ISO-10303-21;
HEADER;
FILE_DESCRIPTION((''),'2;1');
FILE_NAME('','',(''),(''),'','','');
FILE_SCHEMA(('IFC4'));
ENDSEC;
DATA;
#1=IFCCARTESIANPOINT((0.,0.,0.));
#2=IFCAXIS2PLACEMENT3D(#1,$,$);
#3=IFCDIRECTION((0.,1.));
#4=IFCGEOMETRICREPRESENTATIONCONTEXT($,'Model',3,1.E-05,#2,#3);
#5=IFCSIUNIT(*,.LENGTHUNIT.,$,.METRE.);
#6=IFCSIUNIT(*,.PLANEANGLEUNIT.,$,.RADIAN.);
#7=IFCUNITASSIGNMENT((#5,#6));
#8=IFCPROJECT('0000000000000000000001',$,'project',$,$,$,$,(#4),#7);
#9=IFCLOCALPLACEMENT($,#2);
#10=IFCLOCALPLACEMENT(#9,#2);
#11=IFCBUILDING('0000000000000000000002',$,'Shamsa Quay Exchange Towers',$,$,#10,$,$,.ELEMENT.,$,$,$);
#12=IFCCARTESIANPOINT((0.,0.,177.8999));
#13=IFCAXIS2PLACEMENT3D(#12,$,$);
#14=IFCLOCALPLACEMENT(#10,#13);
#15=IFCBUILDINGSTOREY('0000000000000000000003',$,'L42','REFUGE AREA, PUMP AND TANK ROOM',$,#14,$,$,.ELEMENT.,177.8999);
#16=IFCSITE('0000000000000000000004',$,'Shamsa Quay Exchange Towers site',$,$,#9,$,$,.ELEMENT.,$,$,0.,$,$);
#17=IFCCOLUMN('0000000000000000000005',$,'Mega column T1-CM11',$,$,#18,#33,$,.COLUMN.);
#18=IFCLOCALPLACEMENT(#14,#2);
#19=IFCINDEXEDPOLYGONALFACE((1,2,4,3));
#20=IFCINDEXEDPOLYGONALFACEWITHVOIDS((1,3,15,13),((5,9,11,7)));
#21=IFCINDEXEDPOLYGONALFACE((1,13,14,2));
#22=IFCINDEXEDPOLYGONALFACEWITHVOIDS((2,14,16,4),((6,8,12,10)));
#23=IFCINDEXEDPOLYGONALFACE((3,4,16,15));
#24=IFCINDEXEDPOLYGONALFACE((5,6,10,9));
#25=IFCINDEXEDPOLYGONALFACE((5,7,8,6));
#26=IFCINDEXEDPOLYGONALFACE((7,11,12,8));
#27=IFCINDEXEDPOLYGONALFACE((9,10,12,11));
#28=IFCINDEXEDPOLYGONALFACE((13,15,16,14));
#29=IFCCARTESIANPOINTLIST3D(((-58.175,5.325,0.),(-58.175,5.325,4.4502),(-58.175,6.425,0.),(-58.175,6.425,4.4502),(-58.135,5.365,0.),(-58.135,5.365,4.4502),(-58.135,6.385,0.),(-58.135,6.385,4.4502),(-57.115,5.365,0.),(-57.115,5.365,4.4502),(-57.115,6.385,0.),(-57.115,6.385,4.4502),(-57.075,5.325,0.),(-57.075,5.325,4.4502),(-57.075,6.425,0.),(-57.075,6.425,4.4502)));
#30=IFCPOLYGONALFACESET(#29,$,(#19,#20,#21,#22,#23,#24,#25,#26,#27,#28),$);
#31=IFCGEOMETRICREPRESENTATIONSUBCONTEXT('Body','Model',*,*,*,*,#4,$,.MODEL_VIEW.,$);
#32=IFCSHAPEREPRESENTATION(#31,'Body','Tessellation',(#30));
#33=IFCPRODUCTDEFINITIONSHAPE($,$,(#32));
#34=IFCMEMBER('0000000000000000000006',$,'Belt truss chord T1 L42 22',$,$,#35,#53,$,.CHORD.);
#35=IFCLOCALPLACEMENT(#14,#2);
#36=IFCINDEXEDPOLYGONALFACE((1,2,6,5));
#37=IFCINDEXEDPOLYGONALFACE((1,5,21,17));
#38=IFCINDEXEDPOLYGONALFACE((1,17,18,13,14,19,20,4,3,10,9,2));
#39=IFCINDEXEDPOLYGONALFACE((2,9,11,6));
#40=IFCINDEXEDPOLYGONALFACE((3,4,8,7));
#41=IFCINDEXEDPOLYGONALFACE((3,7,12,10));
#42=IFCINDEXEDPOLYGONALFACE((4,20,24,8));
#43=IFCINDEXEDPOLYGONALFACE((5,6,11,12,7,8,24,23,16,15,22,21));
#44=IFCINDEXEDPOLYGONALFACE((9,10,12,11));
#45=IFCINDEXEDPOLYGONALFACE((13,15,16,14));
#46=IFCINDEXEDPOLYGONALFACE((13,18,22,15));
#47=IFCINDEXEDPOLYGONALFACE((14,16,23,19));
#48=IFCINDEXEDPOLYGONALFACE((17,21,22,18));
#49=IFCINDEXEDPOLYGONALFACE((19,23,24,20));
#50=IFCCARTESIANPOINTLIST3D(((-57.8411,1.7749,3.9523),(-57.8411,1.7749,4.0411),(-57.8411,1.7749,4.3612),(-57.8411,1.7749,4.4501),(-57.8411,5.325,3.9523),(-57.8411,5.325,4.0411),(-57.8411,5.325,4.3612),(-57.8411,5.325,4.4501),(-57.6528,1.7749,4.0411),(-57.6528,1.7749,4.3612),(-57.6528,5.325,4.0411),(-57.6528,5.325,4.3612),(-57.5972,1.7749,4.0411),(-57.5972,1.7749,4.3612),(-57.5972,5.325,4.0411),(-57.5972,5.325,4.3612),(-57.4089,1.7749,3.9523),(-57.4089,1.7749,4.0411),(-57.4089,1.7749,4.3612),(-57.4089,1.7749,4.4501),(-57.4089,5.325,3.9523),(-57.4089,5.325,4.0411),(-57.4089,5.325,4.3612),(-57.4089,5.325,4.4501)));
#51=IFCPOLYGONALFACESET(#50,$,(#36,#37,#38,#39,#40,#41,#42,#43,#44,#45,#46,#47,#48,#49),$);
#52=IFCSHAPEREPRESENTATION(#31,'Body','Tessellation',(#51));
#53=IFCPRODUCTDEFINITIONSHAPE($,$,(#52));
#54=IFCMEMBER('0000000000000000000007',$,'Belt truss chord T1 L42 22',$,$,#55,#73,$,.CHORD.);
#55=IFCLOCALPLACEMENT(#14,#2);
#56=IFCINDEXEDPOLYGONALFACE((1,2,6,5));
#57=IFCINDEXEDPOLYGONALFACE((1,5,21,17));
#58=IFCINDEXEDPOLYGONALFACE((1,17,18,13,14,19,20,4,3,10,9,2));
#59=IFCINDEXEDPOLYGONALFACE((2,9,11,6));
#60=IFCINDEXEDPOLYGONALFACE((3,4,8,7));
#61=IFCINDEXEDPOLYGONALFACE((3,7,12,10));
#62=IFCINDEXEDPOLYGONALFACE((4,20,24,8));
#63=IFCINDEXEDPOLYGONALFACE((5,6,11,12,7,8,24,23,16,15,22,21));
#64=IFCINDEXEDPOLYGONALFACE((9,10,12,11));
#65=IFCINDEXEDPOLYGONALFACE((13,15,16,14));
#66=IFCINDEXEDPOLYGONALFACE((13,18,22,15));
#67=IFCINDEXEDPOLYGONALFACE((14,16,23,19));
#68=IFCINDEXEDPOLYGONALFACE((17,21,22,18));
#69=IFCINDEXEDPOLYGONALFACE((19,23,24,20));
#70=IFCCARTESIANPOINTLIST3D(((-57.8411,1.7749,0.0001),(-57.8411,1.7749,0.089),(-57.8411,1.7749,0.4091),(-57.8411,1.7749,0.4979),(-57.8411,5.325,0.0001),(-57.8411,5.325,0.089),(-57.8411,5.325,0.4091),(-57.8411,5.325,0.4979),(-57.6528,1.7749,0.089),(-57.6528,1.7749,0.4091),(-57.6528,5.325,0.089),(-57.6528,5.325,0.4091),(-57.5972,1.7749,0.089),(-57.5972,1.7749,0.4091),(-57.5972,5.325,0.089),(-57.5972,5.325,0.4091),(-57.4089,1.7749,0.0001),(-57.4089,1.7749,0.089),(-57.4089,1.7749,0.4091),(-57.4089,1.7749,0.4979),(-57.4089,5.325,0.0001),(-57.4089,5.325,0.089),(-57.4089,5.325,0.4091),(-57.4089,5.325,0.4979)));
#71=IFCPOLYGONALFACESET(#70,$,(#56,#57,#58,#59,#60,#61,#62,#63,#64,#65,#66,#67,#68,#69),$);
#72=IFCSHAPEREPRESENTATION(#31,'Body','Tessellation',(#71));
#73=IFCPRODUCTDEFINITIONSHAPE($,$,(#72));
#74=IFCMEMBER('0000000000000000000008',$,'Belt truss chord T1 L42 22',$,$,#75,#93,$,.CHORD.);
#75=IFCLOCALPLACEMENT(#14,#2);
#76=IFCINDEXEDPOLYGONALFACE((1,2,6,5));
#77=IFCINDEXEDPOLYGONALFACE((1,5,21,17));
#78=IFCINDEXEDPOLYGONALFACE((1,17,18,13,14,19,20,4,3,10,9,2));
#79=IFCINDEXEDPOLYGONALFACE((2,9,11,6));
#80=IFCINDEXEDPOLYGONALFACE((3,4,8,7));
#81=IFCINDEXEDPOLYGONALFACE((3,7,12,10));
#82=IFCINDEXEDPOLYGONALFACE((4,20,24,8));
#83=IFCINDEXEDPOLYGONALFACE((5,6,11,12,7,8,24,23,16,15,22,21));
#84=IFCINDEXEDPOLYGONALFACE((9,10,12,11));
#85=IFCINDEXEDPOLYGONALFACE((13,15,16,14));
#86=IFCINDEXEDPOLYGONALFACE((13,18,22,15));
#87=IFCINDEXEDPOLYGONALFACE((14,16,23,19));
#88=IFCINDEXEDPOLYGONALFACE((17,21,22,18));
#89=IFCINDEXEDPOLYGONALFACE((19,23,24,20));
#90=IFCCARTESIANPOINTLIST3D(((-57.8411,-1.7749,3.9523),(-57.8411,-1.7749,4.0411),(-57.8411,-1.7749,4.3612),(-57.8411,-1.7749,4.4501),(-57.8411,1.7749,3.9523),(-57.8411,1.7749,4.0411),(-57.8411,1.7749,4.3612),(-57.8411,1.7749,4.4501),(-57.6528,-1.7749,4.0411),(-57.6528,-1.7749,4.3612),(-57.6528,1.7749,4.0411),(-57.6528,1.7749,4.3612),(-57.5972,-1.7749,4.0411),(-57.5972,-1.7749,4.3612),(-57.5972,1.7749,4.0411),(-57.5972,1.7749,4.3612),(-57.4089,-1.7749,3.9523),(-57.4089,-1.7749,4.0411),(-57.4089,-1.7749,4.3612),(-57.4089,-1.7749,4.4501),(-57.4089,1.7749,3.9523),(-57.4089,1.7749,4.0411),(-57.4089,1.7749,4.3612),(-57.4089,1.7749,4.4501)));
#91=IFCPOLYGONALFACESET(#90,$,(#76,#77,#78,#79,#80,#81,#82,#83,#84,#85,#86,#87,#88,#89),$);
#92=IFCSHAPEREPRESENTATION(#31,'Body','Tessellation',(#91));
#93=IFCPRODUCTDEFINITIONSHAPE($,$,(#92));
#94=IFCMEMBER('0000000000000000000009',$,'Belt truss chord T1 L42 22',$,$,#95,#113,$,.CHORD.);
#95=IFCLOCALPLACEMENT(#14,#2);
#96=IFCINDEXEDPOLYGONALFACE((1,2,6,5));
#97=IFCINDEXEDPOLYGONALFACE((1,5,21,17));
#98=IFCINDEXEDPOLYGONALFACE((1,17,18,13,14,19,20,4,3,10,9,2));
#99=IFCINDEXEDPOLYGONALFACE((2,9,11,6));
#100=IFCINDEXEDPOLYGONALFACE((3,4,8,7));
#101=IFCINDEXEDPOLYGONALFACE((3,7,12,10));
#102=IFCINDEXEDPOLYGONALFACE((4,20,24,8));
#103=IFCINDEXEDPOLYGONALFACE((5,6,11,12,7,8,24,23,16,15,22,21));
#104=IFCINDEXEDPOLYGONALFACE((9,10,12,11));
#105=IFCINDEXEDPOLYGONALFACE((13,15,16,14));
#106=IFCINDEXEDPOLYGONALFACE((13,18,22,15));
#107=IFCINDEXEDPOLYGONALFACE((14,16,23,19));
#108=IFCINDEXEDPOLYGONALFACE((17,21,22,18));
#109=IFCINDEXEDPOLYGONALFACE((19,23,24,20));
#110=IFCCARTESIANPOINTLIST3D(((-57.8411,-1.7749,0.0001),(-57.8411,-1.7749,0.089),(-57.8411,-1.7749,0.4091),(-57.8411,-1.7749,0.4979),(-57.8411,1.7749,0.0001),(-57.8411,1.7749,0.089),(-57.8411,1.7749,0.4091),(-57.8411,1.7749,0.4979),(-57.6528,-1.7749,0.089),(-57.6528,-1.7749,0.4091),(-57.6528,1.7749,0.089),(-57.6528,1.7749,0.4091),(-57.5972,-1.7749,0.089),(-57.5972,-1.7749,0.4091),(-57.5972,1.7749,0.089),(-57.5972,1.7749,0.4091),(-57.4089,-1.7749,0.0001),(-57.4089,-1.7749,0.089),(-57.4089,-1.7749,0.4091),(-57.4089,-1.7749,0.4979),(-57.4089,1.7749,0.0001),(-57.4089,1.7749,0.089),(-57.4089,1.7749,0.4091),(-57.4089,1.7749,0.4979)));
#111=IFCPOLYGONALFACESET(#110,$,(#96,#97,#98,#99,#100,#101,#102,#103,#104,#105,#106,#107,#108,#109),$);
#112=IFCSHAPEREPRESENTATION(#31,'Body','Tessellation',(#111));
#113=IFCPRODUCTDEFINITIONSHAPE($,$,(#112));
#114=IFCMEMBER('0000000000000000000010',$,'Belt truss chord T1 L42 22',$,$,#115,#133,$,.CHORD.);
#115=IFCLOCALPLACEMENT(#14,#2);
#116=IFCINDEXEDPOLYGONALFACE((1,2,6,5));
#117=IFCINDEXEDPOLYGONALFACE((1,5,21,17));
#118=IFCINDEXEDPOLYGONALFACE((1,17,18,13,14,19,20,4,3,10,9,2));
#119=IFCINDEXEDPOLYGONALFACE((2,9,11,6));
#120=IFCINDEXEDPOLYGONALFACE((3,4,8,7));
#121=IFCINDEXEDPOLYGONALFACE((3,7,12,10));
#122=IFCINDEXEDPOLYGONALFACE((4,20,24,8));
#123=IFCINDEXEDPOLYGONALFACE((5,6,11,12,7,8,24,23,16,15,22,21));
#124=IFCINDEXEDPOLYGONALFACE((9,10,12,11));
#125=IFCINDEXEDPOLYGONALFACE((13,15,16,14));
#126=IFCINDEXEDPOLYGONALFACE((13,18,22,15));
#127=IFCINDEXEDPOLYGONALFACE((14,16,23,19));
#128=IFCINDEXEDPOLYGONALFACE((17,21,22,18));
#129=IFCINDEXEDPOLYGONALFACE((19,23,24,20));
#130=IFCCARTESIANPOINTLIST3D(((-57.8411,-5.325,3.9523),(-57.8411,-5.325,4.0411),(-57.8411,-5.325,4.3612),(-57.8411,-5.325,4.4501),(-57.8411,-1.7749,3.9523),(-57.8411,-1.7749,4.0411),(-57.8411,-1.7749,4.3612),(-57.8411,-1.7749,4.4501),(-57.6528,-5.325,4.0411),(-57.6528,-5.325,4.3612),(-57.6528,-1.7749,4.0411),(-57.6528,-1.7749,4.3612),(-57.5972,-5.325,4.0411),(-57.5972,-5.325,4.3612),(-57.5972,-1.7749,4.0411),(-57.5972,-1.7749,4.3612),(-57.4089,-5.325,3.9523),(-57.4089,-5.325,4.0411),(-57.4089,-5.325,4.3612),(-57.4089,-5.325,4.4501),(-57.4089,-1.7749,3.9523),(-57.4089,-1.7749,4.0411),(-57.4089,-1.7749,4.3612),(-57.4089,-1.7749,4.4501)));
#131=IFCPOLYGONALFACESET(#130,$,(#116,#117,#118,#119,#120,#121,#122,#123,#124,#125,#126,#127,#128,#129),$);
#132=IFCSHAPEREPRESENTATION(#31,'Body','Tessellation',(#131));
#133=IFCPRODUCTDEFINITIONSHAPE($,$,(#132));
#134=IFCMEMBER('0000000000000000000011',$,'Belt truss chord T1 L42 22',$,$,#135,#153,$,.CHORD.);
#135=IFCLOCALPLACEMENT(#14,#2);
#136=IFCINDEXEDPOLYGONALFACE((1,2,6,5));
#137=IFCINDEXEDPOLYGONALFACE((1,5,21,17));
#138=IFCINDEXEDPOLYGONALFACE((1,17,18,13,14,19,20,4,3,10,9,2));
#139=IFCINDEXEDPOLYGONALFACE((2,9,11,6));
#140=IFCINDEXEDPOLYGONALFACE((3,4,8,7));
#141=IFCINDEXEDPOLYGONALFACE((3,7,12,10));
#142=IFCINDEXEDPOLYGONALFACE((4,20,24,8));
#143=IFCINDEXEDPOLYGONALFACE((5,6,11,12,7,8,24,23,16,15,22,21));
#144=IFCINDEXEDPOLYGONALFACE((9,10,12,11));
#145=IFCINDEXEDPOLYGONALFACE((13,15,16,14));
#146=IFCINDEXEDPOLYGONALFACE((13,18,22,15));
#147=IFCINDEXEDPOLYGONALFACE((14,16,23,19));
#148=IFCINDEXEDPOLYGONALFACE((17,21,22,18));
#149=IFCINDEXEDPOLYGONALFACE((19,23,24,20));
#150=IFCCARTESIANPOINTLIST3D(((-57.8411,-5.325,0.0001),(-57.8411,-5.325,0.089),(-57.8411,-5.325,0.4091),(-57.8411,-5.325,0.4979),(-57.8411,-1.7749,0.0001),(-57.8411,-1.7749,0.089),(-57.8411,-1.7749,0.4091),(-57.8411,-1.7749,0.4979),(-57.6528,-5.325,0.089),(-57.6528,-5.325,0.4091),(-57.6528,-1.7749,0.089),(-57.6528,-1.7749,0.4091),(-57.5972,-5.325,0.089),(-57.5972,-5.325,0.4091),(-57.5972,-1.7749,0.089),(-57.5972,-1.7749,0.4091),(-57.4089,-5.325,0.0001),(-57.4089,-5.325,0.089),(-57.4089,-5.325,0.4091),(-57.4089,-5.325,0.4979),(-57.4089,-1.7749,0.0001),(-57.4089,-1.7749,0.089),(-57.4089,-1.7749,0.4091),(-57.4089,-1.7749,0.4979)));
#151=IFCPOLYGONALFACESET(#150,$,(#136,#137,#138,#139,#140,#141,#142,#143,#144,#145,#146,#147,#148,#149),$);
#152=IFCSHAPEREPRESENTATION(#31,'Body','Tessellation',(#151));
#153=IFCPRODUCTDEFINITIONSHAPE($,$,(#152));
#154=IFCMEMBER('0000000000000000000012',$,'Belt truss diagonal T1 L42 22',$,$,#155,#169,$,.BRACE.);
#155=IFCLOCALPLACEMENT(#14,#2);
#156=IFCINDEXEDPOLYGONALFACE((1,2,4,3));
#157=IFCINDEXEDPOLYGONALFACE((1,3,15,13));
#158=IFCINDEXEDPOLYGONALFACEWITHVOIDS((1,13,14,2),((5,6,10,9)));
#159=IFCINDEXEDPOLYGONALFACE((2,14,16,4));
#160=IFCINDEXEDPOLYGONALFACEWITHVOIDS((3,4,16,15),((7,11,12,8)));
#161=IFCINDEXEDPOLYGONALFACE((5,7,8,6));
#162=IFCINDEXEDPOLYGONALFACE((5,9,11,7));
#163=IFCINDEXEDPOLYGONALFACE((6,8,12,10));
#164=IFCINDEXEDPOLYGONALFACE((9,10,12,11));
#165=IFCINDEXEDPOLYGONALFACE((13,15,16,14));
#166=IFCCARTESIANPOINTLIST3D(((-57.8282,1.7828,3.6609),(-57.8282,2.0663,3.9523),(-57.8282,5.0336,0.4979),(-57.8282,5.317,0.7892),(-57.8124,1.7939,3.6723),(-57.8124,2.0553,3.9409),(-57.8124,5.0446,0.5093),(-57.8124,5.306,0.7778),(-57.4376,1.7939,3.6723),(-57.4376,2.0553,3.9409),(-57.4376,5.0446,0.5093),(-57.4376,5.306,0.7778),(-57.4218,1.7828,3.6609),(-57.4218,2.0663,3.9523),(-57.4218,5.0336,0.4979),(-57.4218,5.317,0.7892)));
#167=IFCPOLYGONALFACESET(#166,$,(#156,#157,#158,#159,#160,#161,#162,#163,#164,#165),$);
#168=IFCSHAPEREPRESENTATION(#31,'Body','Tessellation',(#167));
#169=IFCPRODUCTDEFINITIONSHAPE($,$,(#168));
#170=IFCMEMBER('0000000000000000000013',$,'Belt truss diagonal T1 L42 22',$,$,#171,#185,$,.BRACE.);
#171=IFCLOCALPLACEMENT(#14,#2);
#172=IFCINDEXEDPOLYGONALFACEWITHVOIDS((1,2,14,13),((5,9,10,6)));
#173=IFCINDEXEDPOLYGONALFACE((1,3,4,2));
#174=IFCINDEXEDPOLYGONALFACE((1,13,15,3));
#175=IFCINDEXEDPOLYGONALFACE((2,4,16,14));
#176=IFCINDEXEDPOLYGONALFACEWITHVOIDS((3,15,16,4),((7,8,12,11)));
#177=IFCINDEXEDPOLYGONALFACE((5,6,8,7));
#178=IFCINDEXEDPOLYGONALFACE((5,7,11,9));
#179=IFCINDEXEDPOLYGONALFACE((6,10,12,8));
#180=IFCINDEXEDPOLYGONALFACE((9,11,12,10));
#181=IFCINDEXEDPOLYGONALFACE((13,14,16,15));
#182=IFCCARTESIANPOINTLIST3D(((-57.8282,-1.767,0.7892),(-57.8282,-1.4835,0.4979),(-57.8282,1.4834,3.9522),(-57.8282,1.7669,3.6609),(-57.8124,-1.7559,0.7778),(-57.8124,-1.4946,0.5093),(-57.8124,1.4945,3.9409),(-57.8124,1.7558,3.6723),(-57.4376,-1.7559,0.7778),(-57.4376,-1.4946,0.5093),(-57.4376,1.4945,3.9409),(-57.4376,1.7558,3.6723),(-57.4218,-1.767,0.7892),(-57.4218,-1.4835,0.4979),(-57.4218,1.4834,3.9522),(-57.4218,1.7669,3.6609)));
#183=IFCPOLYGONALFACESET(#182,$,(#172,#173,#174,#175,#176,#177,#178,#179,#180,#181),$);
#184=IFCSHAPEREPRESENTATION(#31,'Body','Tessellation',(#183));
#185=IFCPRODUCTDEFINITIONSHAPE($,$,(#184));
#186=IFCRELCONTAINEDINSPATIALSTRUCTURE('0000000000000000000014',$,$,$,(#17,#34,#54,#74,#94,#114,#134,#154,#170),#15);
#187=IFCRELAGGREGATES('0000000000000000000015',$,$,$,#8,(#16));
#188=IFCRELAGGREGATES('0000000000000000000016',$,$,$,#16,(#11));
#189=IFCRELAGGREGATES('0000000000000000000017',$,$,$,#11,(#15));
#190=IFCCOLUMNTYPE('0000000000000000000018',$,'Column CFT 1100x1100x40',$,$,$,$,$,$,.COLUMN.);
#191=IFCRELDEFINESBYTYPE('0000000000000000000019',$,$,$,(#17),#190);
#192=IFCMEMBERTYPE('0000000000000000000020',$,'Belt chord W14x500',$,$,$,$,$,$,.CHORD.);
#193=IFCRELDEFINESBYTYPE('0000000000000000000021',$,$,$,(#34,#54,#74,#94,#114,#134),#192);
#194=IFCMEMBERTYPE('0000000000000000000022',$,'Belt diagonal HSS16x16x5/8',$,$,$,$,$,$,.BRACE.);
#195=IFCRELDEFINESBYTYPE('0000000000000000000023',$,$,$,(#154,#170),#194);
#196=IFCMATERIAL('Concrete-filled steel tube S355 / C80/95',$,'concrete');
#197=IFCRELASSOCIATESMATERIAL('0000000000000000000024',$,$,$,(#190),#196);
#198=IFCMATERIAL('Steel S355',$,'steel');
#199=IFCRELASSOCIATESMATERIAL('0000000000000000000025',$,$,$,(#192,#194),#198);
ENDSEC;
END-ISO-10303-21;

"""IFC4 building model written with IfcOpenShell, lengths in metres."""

from ifc_helpers import new_model, si_unit, direction, frame, origin, origin_2d, place, context, subcontext, project, spatial, hollow_rectangle, i_section, extrude, material, material_profile, profile_set, type_object, element, save


model = new_model("IFC4")

# Units and contexts
model_context = context("Model", 3, precision=1e-05, world=origin(), true_north=direction((0.0, 1.0)))
body_context = subcontext(model_context, "Body", "Model", "MODEL_VIEW")
ifc_project = project(units=[si_unit("LENGTHUNIT", "METRE"), si_unit("PLANEANGLEUNIT", "RADIAN")], contexts=[model_context])

# Site, building, storey
site_placement = place(None, origin())
site = spatial("IfcSite", under=ifc_project, at=site_placement, Name="Shamsa Quay Exchange Towers site", CompositionType="ELEMENT", RefElevation=0.0)
building_placement = place(site_placement, origin())
building = spatial("IfcBuilding", under=site, at=building_placement, Name="Shamsa Quay Exchange Towers", CompositionType="ELEMENT")
storey_placement = place(building_placement, frame((0.0, 0.0, 177.8999)))
storey = spatial("IfcBuildingStorey", under=building, at=storey_placement, Name="L42", Description="REFUGE AREA, PUMP AND TANK ROOM", CompositionType="ELEMENT", Elevation=177.8999)

# Column
ifc_material_1 = material(Name="Concrete-filled steel tube S355 / C80/95", Category="concrete")
ifc_material_profile_1 = material_profile(ifc_material_1, hollow_rectangle(XDim=1.1001, YDim=1.1001, WallThickness=0.04, at=origin_2d()), Name="CFT 1100x1100x40")
ifc_profile_set_1 = profile_set([ifc_material_profile_1], Name="Concrete-filled steel tube S355 / C80/95")
column_type = type_object("IfcColumnType", Name="Column CFT 1100x1100x40", PredefinedType="COLUMN", material=ifc_profile_set_1)
column_placement = place(storey_placement, frame((-57.625, 5.875, 0.0)))
element("IfcColumn", 1, at=column_placement, inside=storey, type_object=column_type, Name="Mega column T1-CM11", PredefinedType="COLUMN", context=body_context, shape_type="SweptSolid", body=[
    extrude(hollow_rectangle(XDim=1.1001, YDim=1.1001, WallThickness=0.04, at=origin_2d()), origin(), (0.0, 0.0, 1.0), 4.4502),
])

# Members
ifc_material_2 = material(Name="Steel S355", Category="steel")
ifc_material_profile_2 = material_profile(ifc_material_2, i_section(OverallWidth=0.4321, OverallDepth=0.4978, WebThickness=0.0557, FlangeThickness=0.0889, at=origin_2d()), Name="W14x500")
ifc_profile_set_2 = profile_set([ifc_material_profile_2], Name="Steel S355")
member_type_1 = type_object("IfcMemberType", Name="Belt chord W14x500", PredefinedType="CHORD", material=ifc_profile_set_2)
for number, where, z_axis, x_axis, name in (
    (2, (-57.625, 5.325, 4.2012), (0.0, -1.0, 0.0), (1.0, 0.0, 0.0), "Belt truss chord T1 L42 22"),
    (3, (-57.625, 5.325, 0.249), (0.0, -1.0, 0.0), (1.0, 0.0, 0.0), "Belt truss chord T1 L42 22"),
):
    element("IfcMember", number, at=place(storey_placement, frame(where, z_axis=z_axis, x_axis=x_axis)), inside=storey, type_object=member_type_1, Name=name, PredefinedType="CHORD", context=body_context, shape_type="SweptSolid", body=[
        extrude(i_section(OverallWidth=0.4321, OverallDepth=0.4978, WebThickness=0.0557, FlangeThickness=0.0889, at=origin_2d()), origin(), (0.0, 0.0, 1.0), 3.55),
    ])
for number, where, z_axis, x_axis, name in (
    (4, (-57.625, 1.7749, 4.2012), (0.0, -1.0, 0.0), (1.0, 0.0, 0.0), "Belt truss chord T1 L42 22"),
    (5, (-57.625, 1.7749, 0.249), (0.0, -1.0, 0.0), (1.0, 0.0, 0.0), "Belt truss chord T1 L42 22"),
):
    element("IfcMember", number, at=place(storey_placement, frame(where, z_axis=z_axis, x_axis=x_axis)), inside=storey, type_object=member_type_1, Name=name, PredefinedType="CHORD", context=body_context, shape_type="SweptSolid", body=[
        extrude(i_section(OverallWidth=0.4321, OverallDepth=0.4978, WebThickness=0.0557, FlangeThickness=0.0889, at=origin_2d()), origin(), (0.0, 0.0, 1.0), 3.5498),
    ])
for number, where, z_axis, x_axis, name in (
    (6, (-57.625, -1.7749, 4.2012), (0.0, -1.0, 0.0), (1.0, 0.0, 0.0), "Belt truss chord T1 L42 22"),
    (7, (-57.625, -1.7749, 0.249), (0.0, -1.0, 0.0), (1.0, 0.0, 0.0), "Belt truss chord T1 L42 22"),
):
    element("IfcMember", number, at=place(storey_placement, frame(where, z_axis=z_axis, x_axis=x_axis)), inside=storey, type_object=member_type_1, Name=name, PredefinedType="CHORD", context=body_context, shape_type="SweptSolid", body=[
        extrude(i_section(OverallWidth=0.4321, OverallDepth=0.4978, WebThickness=0.0557, FlangeThickness=0.0889, at=origin_2d()), origin(), (0.0, 0.0, 1.0), 3.55),
    ])
ifc_material_profile_3 = material_profile(ifc_material_2, hollow_rectangle(XDim=0.4065, YDim=0.4065, WallThickness=0.0159, at=origin_2d()), Name="HSS16x16x5/8")
ifc_profile_set_3 = profile_set([ifc_material_profile_3], Name="Steel S355")
member_type_2 = type_object("IfcMemberType", Name="Belt diagonal HSS16x16x5/8", PredefinedType="BRACE", material=ifc_profile_set_3)
member_1_placement = place(storey_placement, frame((-57.625, 5.1753, 0.6436), z_axis=(0.0, -0.716703, 0.697379), x_axis=(1.0, 0.0, 0.0)))
element("IfcMember", 8, at=member_1_placement, inside=storey, type_object=member_type_2, Name="Belt truss diagonal T1 L42 22", PredefinedType="BRACE", context=body_context, shape_type="SweptSolid", body=[
    extrude(hollow_rectangle(XDim=0.4065, YDim=0.4065, WallThickness=0.0159, at=origin_2d()), origin(), (0.0, 0.0, 1.0), 4.5356),
])
member_2_placement = place(storey_placement, frame((-57.625, -1.6252, 0.6436), z_axis=(0.0, 0.716676, 0.697406), x_axis=(-1.0, 0.0, 0.0)))
element("IfcMember", 9, at=member_2_placement, inside=storey, type_object=member_type_2, Name="Belt truss diagonal T1 L42 22", PredefinedType="BRACE", context=body_context, shape_type="SweptSolid", body=[
    extrude(hollow_rectangle(XDim=0.4065, YDim=0.4065, WallThickness=0.0159, at=origin_2d()), origin(), (0.0, 0.0, 1.0), 4.5354),
])

save(model, "model.ifc")
